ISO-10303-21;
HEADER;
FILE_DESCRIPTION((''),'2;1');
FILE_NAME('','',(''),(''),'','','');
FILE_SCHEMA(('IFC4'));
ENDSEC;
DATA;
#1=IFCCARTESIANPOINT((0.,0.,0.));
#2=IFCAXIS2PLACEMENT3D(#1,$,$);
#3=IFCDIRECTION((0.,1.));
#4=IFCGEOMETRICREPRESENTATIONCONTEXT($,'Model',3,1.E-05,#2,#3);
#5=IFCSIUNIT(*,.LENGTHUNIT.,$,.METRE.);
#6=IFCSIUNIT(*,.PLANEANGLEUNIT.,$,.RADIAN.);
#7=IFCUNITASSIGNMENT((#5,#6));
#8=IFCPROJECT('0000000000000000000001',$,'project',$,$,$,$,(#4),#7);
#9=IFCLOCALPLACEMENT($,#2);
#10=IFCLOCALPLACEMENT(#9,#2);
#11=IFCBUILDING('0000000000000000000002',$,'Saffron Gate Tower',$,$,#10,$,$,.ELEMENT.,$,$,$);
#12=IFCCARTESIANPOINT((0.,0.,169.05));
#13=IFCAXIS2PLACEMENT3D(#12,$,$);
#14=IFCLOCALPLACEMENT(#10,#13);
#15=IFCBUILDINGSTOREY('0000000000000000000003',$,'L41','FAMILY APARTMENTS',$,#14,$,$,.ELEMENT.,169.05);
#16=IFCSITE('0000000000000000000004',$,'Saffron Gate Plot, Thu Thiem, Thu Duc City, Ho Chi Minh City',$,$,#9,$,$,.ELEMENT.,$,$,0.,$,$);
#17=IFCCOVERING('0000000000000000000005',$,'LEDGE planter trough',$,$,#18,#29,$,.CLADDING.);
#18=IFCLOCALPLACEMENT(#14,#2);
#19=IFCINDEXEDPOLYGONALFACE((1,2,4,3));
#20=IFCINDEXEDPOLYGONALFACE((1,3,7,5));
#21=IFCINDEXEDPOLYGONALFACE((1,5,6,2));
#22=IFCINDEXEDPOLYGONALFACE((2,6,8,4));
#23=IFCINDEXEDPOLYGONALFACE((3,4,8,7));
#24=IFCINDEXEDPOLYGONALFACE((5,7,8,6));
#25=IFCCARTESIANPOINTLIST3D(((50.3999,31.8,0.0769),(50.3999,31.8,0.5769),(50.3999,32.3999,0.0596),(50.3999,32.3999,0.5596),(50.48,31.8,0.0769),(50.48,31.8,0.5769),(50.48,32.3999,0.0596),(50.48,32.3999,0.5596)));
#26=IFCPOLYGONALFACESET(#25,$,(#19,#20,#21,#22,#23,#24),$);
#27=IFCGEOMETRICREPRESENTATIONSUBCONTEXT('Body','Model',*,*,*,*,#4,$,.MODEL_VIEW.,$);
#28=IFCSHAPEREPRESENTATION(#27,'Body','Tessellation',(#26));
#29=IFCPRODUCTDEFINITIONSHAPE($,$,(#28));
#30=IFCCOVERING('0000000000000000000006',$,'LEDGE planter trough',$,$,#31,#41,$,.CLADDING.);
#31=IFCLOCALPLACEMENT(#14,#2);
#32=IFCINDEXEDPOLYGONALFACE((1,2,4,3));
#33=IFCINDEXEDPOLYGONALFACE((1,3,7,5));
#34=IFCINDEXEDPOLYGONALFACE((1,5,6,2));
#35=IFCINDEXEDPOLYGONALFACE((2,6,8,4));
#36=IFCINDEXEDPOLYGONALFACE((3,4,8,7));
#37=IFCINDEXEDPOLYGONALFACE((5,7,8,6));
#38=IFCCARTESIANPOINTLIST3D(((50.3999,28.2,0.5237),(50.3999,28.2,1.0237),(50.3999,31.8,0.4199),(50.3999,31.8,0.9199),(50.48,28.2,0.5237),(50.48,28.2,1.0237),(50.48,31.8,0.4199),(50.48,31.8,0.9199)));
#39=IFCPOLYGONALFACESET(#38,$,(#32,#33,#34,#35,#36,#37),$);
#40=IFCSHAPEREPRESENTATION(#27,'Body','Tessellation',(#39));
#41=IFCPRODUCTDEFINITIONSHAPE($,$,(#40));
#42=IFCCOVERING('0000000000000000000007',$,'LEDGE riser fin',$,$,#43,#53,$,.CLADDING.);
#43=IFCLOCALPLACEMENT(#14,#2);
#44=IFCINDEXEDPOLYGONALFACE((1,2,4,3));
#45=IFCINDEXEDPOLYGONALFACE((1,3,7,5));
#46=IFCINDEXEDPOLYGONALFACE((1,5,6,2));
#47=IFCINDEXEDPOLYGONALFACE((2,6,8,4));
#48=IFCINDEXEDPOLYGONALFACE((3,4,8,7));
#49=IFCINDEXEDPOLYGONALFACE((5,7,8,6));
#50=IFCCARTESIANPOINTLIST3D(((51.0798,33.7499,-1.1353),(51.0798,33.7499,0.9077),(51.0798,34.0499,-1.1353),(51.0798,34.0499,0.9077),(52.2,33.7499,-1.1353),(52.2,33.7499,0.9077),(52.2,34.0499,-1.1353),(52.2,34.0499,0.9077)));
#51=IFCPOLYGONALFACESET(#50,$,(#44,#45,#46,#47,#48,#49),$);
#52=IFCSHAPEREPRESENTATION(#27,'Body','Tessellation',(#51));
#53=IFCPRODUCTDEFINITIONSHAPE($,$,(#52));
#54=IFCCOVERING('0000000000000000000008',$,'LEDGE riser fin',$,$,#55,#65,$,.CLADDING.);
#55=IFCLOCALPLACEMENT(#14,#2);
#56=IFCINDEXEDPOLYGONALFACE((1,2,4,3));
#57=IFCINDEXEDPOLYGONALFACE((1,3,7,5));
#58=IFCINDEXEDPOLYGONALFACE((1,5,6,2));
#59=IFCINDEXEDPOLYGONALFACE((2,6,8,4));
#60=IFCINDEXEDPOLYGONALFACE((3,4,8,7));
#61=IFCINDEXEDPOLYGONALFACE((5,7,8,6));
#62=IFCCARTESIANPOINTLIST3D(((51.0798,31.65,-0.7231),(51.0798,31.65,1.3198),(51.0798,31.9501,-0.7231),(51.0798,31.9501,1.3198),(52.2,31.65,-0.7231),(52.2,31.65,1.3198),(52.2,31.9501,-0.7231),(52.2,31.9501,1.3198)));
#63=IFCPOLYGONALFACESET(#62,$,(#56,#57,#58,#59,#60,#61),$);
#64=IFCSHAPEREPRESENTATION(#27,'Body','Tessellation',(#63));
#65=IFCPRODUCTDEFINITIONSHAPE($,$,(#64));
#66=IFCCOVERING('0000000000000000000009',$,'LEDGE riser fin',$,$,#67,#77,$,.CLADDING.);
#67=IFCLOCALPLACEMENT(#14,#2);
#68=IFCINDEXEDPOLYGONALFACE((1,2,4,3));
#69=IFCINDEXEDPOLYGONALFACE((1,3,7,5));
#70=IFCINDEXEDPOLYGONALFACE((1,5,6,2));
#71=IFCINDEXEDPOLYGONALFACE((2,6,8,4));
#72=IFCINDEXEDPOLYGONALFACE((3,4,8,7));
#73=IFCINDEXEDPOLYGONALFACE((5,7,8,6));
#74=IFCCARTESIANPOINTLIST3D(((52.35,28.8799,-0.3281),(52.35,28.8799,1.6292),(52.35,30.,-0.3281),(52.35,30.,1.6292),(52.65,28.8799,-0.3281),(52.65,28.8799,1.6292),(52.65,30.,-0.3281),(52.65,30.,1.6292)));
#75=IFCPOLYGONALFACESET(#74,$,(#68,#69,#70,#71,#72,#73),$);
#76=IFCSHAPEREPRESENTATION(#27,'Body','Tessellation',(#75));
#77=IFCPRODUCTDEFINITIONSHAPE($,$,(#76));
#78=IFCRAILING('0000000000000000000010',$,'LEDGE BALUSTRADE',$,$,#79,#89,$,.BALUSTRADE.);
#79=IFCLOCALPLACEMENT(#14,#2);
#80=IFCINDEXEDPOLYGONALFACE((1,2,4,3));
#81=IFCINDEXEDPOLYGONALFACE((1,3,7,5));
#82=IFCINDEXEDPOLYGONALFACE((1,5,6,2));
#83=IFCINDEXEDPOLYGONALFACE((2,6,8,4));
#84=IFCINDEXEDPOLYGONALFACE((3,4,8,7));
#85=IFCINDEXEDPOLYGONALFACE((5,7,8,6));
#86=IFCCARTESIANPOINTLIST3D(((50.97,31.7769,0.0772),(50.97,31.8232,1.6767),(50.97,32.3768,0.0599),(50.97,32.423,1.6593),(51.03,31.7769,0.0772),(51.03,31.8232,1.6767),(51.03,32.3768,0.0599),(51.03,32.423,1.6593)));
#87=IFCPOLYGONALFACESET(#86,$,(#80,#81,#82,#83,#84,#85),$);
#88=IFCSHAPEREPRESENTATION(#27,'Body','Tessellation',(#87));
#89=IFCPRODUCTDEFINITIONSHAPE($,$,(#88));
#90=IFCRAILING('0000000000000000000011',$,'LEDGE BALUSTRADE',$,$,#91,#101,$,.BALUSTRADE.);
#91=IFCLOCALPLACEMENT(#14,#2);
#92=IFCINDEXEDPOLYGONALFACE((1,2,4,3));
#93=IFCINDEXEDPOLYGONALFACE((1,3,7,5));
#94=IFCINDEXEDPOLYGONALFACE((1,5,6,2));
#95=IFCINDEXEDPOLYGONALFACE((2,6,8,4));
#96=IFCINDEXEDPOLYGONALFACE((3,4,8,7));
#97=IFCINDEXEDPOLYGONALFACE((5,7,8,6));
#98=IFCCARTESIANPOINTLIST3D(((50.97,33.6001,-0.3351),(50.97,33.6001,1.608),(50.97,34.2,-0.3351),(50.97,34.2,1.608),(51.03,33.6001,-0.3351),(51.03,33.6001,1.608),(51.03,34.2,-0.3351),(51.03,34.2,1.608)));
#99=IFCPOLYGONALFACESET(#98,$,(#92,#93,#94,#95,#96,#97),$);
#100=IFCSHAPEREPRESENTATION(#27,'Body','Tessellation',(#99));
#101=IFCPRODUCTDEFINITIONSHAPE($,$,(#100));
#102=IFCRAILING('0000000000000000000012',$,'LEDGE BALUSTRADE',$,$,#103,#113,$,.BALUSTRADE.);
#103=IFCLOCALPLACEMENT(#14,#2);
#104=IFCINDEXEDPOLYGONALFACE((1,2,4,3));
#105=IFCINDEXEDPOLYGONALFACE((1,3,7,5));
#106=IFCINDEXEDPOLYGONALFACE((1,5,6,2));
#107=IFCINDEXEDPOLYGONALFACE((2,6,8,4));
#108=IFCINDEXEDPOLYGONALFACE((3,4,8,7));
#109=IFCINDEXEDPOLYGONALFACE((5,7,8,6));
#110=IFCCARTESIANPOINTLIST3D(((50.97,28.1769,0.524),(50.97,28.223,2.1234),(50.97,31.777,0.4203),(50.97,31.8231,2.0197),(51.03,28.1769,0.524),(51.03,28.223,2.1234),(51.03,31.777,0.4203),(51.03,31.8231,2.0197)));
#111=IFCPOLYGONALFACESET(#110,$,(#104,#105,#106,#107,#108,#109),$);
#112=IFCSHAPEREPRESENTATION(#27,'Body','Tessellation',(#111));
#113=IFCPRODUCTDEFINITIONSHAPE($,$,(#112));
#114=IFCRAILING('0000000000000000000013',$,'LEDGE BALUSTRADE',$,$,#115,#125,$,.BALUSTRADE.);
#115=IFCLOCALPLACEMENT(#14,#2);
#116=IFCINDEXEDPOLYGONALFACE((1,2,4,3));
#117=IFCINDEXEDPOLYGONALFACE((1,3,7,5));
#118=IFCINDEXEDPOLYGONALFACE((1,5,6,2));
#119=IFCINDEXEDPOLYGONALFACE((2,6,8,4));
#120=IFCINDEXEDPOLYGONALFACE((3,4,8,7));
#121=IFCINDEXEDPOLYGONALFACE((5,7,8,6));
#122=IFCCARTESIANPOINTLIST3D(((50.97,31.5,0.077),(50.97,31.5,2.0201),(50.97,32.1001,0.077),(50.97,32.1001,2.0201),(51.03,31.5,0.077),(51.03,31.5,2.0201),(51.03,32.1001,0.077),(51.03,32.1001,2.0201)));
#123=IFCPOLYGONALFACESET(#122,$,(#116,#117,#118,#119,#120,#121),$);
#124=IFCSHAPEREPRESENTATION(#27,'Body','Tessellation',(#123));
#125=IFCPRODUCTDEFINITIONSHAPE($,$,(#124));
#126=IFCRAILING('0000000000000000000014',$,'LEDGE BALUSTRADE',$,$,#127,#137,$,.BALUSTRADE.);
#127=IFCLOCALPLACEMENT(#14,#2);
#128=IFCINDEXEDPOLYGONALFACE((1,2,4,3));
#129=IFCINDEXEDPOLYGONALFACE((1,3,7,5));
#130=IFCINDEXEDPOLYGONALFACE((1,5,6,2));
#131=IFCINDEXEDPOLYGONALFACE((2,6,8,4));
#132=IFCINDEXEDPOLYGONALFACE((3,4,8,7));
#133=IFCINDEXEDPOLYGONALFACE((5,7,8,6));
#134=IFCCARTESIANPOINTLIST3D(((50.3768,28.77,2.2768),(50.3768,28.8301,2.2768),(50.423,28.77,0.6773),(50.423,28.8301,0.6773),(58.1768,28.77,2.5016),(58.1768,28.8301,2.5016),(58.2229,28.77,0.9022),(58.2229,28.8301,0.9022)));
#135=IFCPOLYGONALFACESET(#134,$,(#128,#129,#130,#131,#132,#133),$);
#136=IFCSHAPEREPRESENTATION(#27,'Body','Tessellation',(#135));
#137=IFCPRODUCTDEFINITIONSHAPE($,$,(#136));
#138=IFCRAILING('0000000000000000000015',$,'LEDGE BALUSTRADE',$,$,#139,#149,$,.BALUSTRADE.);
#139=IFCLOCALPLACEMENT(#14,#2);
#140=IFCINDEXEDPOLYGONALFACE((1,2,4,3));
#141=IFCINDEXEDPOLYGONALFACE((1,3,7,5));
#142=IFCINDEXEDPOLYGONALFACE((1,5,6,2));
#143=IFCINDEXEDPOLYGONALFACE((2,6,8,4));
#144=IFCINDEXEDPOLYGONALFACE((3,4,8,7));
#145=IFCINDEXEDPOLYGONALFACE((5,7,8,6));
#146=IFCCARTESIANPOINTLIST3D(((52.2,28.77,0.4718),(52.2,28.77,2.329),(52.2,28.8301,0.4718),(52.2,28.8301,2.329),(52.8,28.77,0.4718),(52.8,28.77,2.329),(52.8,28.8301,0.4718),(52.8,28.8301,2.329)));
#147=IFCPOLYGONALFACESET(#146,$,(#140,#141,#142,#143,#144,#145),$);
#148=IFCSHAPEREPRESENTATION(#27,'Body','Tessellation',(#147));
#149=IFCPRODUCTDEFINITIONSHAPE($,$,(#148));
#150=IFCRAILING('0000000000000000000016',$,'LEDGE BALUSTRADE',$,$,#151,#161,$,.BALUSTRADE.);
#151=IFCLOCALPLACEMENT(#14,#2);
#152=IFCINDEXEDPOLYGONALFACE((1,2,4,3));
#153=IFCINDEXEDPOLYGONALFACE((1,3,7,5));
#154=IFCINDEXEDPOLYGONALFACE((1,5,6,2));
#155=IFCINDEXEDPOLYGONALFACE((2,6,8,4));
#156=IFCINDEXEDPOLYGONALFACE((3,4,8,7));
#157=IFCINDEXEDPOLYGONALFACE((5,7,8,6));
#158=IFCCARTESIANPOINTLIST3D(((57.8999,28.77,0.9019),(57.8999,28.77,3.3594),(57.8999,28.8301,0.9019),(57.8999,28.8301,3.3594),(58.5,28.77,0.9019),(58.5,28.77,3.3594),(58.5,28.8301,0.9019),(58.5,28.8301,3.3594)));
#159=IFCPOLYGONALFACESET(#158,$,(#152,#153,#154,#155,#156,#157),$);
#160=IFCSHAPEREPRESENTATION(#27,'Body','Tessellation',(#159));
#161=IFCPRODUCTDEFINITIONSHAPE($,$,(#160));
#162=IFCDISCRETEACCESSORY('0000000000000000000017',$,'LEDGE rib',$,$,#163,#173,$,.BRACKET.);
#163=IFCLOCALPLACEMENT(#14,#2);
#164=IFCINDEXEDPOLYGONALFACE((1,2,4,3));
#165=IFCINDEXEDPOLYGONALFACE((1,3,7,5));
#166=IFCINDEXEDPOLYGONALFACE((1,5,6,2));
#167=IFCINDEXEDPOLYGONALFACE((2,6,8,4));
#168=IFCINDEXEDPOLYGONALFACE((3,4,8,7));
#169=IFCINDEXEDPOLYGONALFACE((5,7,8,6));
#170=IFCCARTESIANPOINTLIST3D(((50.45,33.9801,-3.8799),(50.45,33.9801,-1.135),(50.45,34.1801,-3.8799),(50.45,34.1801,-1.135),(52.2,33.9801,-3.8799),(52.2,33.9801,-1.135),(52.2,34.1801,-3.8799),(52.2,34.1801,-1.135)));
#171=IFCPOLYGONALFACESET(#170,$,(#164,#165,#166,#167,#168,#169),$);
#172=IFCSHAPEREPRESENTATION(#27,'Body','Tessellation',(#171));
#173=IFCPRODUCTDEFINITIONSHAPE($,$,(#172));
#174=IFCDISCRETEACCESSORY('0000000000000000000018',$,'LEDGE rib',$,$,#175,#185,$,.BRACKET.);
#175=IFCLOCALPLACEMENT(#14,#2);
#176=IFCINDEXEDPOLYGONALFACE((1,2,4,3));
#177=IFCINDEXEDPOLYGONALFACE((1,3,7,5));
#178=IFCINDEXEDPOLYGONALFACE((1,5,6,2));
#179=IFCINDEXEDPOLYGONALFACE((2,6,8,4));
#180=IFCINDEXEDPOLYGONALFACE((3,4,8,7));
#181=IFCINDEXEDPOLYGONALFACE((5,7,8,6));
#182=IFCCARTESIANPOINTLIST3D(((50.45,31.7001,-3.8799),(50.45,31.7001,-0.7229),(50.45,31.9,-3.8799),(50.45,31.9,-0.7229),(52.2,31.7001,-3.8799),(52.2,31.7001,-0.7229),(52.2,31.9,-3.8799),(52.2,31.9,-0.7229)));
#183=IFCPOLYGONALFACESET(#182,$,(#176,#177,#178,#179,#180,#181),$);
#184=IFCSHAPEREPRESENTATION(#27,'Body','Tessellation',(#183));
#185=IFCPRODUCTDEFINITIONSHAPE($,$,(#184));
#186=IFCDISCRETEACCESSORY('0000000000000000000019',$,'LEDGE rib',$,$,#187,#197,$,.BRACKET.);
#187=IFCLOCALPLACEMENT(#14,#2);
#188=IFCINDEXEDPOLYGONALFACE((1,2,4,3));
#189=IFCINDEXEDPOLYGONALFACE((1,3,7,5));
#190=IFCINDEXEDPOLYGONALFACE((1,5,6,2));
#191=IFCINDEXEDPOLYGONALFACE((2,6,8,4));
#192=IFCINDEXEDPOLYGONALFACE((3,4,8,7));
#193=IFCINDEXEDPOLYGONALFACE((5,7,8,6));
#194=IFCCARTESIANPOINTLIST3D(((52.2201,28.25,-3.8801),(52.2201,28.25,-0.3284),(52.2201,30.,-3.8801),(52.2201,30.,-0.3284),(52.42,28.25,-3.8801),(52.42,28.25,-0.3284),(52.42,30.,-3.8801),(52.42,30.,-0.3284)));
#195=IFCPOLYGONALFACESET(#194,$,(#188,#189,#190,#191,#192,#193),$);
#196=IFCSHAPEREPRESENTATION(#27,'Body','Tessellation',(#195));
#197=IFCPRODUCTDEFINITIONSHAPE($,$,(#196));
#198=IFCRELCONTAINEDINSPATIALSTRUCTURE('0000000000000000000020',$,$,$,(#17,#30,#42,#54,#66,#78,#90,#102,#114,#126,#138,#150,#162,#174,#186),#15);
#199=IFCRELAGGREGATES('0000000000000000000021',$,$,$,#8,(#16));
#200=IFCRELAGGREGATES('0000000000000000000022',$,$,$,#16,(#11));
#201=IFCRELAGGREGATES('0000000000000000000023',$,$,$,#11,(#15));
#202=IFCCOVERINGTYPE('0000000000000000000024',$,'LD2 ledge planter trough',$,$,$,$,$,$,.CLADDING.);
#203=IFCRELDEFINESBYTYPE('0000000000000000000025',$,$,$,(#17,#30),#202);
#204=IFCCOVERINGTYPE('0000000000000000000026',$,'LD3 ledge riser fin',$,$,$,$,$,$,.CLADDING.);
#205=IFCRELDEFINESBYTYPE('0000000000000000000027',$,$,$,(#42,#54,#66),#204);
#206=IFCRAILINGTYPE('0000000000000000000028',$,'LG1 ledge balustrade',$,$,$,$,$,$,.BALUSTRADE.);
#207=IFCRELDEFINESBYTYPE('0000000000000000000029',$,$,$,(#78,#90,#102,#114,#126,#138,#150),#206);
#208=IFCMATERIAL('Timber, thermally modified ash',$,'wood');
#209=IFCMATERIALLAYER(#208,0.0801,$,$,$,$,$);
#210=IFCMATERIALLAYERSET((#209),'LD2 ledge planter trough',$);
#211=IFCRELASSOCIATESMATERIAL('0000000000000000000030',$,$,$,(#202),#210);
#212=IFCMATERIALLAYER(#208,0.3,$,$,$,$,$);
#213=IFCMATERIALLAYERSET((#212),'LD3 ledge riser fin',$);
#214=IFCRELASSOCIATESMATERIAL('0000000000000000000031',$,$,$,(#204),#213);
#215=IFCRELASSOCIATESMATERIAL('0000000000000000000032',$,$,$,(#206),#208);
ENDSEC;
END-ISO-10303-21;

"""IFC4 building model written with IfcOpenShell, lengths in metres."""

from ifc_helpers import new_model, si_unit, direction, frame, origin, origin_2d, place, context, subcontext, project, spatial, polyline, rectangle, outline, extrude, material, layer, layer_set, type_object, element, save


model = new_model("IFC4")

# Units and contexts
model_context = context("Model", 3, precision=1e-05, world=origin(), true_north=direction((0.0, 1.0)))
body_context = subcontext(model_context, "Body", "Model", "MODEL_VIEW")
ifc_project = project(units=[si_unit("LENGTHUNIT", "METRE"), si_unit("PLANEANGLEUNIT", "RADIAN")], contexts=[model_context])

# Site, building, storey
site_placement = place(None, origin())
site = spatial("IfcSite", under=ifc_project, at=site_placement, Name="Saffron Gate Plot, Thu Thiem, Thu Duc City, Ho Chi Minh City", CompositionType="ELEMENT", RefElevation=0.0)
building_placement = place(site_placement, origin())
building = spatial("IfcBuilding", under=site, at=building_placement, Name="Saffron Gate Tower", CompositionType="ELEMENT")
storey_placement = place(building_placement, frame((0.0, 0.0, 169.05)))
storey = spatial("IfcBuildingStorey", under=building, at=storey_placement, Name="L41", Description="FAMILY APARTMENTS", CompositionType="ELEMENT", Elevation=169.05)

# Coverings
ifc_material_1 = material(Name="Timber, thermally modified ash", Category="wood")
ifc_layer_1 = layer(ifc_material_1, 0.0801)
ifc_layer_set_1 = layer_set([ifc_layer_1], Name="LD2 ledge planter trough")
covering_type_1 = type_object("IfcCoveringType", Name="LD2 ledge planter trough", PredefinedType="CLADDING", material=ifc_layer_set_1)
covering_1_placement = place(storey_placement, frame((50.3999, 32.3999, 0.0596), z_axis=(-1.0, 0.0, 0.0), x_axis=(0.0, -0.999583, 0.028885)))
element("IfcCovering", 1, at=covering_1_placement, inside=storey, type_object=covering_type_1, Name="LEDGE planter trough", PredefinedType="CLADDING", context=body_context, shape_type="SweptSolid", body=[
    extrude(outline(polyline([(0.0, 0.0), (0.6001, 0.0), (0.6145, 0.4998), (0.0144, 0.4998), (0.0, 0.0)])), origin(), (0.0, 0.0, -1.0), 0.0801),
])
covering_2_placement = place(storey_placement, frame((50.3999, 31.8, 0.4199), z_axis=(-1.0, 0.0, 0.0), x_axis=(0.0, -0.999585, 0.028809)))
element("IfcCovering", 2, at=covering_2_placement, inside=storey, type_object=covering_type_1, Name="LEDGE planter trough", PredefinedType="CLADDING", context=body_context, shape_type="SweptSolid", body=[
    extrude(outline(polyline([(0.0, 0.0), (3.6016, 0.0), (3.616, 0.4998), (0.0144, 0.4998), (0.0, 0.0)])), origin(), (0.0, 0.0, -1.0), 0.0801),
])
ifc_layer_2 = layer(ifc_material_1, 0.3)
ifc_layer_set_2 = layer_set([ifc_layer_2], Name="LD3 ledge riser fin")
covering_type_2 = type_object("IfcCoveringType", Name="LD3 ledge riser fin", PredefinedType="CLADDING", material=ifc_layer_set_2)
for number, where, z_axis, x_axis, name in (
    (3, (51.6399, 33.8999, -1.1353), (0.0, 0.0, 1.0), (0.0, -1.0, 0.0), "LEDGE riser fin"),
    (4, (51.6399, 31.8, -0.7231), (0.0, 0.0, 1.0), (0.0, -1.0, 0.0), "LEDGE riser fin"),
):
    element("IfcCovering", number, at=place(storey_placement, frame(where, z_axis=z_axis, x_axis=x_axis)), inside=storey, type_object=covering_type_2, Name=name, PredefinedType="CLADDING", context=body_context, shape_type="SweptSolid", body=[
        extrude(rectangle(XDim=0.3, YDim=1.1201, at=origin_2d()), origin(), (0.0, 0.0, 1.0), 2.043),
    ])
covering_3_placement = place(storey_placement, frame((52.5, 29.4399, -0.3281), z_axis=(0.0, 0.0, 1.0), x_axis=(1.0, 0.0, 0.0)))
element("IfcCovering", 5, at=covering_3_placement, inside=storey, type_object=covering_type_2, Name="LEDGE riser fin", PredefinedType="CLADDING", context=body_context, shape_type="SweptSolid", body=[
    extrude(rectangle(XDim=0.3, YDim=1.1201, at=origin_2d()), origin(), (0.0, 0.0, 1.0), 1.9573),
])

# Railings
railing_type = type_object("IfcRailingType", Name="LG1 ledge balustrade", PredefinedType="BALUSTRADE", material=ifc_material_1)
railing_1_placement = place(storey_placement, frame((51.0, 32.3999, 0.0596)))
element("IfcRailing", 6, at=railing_1_placement, inside=storey, type_object=railing_type, Name="LEDGE BALUSTRADE", PredefinedType="BALUSTRADE", context=body_context, shape_type="SweptSolid", body=[
    extrude(rectangle(XDim=0.0601, YDim=1.6001, at=origin_2d()), frame((0.0, 0.0, 0.8), z_axis=(0.0, -0.999583, 0.028885), x_axis=(1.0, 0.0, 0.0)), (0.0, 0.0, 1.0), 0.6001),
])
railing_2_placement = place(storey_placement, frame((51.0, 34.2, -0.3352)))
element("IfcRailing", 7, at=railing_2_placement, inside=storey, type_object=railing_type, Name="LEDGE BALUSTRADE", PredefinedType="BALUSTRADE", context=body_context, shape_type="SweptSolid", body=[
    extrude(rectangle(XDim=0.0601, YDim=1.9431, at=origin_2d()), frame((0.0, 0.0, 0.9717), z_axis=(0.0, -1.0, 0.0), x_axis=(1.0, 0.0, 0.0)), (0.0, 0.0, 1.0), 0.5999),
])
railing_3_placement = place(storey_placement, frame((51.0, 31.8, 0.4199)))
element("IfcRailing", 8, at=railing_3_placement, inside=storey, type_object=railing_type, Name="LEDGE BALUSTRADE", PredefinedType="BALUSTRADE", context=body_context, shape_type="SweptSolid", body=[
    extrude(rectangle(XDim=0.0601, YDim=1.6001, at=origin_2d()), frame((0.0, 0.0, 0.8), z_axis=(0.0, -0.999585, 0.028809), x_axis=(1.0, 0.0, 0.0)), (0.0, 0.0, 1.0), 3.6016),
])
railing_4_placement = place(storey_placement, frame((51.0, 32.1001, 0.0769)))
element("IfcRailing", 9, at=railing_4_placement, inside=storey, type_object=railing_type, Name="LEDGE BALUSTRADE", PredefinedType="BALUSTRADE", context=body_context, shape_type="SweptSolid", body=[
    extrude(rectangle(XDim=0.0601, YDim=1.9431, at=origin_2d()), frame((0.0, 0.0, 0.9717), z_axis=(0.0, -1.0, 0.0), x_axis=(1.0, 0.0, 0.0)), (0.0, 0.0, 1.0), 0.6001),
])
railing_5_placement = place(storey_placement, frame((50.3999, 28.8, 0.677)))
element("IfcRailing", 10, at=railing_5_placement, inside=storey, type_object=railing_type, Name="LEDGE BALUSTRADE", PredefinedType="BALUSTRADE", context=body_context, shape_type="SweptSolid", body=[
    extrude(rectangle(XDim=0.0601, YDim=1.6001, at=origin_2d()), frame((0.0, 0.0, 0.8), z_axis=(0.999585, 0.0, 0.028815), x_axis=(0.0, 1.0, 0.0)), (0.0, 0.0, 1.0), 7.8032),
])
railing_6_placement = place(storey_placement, frame((52.2, 28.8, 0.4717)))
element("IfcRailing", 11, at=railing_6_placement, inside=storey, type_object=railing_type, Name="LEDGE BALUSTRADE", PredefinedType="BALUSTRADE", context=body_context, shape_type="SweptSolid", body=[
    extrude(rectangle(XDim=0.0601, YDim=1.8572, at=origin_2d()), frame((0.0, 0.0, 0.9287), z_axis=(1.0, 0.0, 0.0), x_axis=(0.0, 1.0, 0.0)), (0.0, 0.0, 1.0), 0.6001),
])
railing_7_placement = place(storey_placement, frame((57.8999, 28.8, 0.9019)))
element("IfcRailing", 12, at=railing_7_placement, inside=storey, type_object=railing_type, Name="LEDGE BALUSTRADE", PredefinedType="BALUSTRADE", context=body_context, shape_type="SweptSolid", body=[
    extrude(rectangle(XDim=0.0601, YDim=2.4575, at=origin_2d()), frame((0.0, 0.0, 1.2288), z_axis=(1.0, 0.0, 0.0), x_axis=(0.0, 1.0, 0.0)), (0.0, 0.0, 1.0), 0.6001),
])

# Discrete accessories
discrete_accessory_1_placement = place(storey_placement, frame((51.325, 34.0801, -3.8799), z_axis=(0.0, 0.0, 1.0), x_axis=(0.0, -1.0, 0.0)))
element("IfcDiscreteAccessory", 13, at=discrete_accessory_1_placement, inside=storey, Name="LEDGE rib", PredefinedType="BRACKET", context=body_context, shape_type="SweptSolid", body=[
    extrude(rectangle(XDim=0.2, YDim=1.75, at=origin_2d()), origin(), (0.0, 0.0, 1.0), 2.7449),
])
discrete_accessory_2_placement = place(storey_placement, frame((51.325, 31.8, -3.8799), z_axis=(0.0, 0.0, 1.0), x_axis=(0.0, -1.0, 0.0)))
element("IfcDiscreteAccessory", 14, at=discrete_accessory_2_placement, inside=storey, Name="LEDGE rib", PredefinedType="BRACKET", context=body_context, shape_type="SweptSolid", body=[
    extrude(rectangle(XDim=0.2, YDim=1.75, at=origin_2d()), origin(), (0.0, 0.0, 1.0), 3.157),
])
discrete_accessory_3_placement = place(storey_placement, frame((52.3201, 29.125, -3.8801), z_axis=(0.0, 0.0, 1.0), x_axis=(1.0, 0.0, 0.0)))
element("IfcDiscreteAccessory", 15, at=discrete_accessory_3_placement, inside=storey, Name="LEDGE rib", PredefinedType="BRACKET", context=body_context, shape_type="SweptSolid", body=[
    extrude(rectangle(XDim=0.2, YDim=1.75, at=origin_2d()), origin(), (0.0, 0.0, 1.0), 3.5518),
])

save(model, "model.ifc")
